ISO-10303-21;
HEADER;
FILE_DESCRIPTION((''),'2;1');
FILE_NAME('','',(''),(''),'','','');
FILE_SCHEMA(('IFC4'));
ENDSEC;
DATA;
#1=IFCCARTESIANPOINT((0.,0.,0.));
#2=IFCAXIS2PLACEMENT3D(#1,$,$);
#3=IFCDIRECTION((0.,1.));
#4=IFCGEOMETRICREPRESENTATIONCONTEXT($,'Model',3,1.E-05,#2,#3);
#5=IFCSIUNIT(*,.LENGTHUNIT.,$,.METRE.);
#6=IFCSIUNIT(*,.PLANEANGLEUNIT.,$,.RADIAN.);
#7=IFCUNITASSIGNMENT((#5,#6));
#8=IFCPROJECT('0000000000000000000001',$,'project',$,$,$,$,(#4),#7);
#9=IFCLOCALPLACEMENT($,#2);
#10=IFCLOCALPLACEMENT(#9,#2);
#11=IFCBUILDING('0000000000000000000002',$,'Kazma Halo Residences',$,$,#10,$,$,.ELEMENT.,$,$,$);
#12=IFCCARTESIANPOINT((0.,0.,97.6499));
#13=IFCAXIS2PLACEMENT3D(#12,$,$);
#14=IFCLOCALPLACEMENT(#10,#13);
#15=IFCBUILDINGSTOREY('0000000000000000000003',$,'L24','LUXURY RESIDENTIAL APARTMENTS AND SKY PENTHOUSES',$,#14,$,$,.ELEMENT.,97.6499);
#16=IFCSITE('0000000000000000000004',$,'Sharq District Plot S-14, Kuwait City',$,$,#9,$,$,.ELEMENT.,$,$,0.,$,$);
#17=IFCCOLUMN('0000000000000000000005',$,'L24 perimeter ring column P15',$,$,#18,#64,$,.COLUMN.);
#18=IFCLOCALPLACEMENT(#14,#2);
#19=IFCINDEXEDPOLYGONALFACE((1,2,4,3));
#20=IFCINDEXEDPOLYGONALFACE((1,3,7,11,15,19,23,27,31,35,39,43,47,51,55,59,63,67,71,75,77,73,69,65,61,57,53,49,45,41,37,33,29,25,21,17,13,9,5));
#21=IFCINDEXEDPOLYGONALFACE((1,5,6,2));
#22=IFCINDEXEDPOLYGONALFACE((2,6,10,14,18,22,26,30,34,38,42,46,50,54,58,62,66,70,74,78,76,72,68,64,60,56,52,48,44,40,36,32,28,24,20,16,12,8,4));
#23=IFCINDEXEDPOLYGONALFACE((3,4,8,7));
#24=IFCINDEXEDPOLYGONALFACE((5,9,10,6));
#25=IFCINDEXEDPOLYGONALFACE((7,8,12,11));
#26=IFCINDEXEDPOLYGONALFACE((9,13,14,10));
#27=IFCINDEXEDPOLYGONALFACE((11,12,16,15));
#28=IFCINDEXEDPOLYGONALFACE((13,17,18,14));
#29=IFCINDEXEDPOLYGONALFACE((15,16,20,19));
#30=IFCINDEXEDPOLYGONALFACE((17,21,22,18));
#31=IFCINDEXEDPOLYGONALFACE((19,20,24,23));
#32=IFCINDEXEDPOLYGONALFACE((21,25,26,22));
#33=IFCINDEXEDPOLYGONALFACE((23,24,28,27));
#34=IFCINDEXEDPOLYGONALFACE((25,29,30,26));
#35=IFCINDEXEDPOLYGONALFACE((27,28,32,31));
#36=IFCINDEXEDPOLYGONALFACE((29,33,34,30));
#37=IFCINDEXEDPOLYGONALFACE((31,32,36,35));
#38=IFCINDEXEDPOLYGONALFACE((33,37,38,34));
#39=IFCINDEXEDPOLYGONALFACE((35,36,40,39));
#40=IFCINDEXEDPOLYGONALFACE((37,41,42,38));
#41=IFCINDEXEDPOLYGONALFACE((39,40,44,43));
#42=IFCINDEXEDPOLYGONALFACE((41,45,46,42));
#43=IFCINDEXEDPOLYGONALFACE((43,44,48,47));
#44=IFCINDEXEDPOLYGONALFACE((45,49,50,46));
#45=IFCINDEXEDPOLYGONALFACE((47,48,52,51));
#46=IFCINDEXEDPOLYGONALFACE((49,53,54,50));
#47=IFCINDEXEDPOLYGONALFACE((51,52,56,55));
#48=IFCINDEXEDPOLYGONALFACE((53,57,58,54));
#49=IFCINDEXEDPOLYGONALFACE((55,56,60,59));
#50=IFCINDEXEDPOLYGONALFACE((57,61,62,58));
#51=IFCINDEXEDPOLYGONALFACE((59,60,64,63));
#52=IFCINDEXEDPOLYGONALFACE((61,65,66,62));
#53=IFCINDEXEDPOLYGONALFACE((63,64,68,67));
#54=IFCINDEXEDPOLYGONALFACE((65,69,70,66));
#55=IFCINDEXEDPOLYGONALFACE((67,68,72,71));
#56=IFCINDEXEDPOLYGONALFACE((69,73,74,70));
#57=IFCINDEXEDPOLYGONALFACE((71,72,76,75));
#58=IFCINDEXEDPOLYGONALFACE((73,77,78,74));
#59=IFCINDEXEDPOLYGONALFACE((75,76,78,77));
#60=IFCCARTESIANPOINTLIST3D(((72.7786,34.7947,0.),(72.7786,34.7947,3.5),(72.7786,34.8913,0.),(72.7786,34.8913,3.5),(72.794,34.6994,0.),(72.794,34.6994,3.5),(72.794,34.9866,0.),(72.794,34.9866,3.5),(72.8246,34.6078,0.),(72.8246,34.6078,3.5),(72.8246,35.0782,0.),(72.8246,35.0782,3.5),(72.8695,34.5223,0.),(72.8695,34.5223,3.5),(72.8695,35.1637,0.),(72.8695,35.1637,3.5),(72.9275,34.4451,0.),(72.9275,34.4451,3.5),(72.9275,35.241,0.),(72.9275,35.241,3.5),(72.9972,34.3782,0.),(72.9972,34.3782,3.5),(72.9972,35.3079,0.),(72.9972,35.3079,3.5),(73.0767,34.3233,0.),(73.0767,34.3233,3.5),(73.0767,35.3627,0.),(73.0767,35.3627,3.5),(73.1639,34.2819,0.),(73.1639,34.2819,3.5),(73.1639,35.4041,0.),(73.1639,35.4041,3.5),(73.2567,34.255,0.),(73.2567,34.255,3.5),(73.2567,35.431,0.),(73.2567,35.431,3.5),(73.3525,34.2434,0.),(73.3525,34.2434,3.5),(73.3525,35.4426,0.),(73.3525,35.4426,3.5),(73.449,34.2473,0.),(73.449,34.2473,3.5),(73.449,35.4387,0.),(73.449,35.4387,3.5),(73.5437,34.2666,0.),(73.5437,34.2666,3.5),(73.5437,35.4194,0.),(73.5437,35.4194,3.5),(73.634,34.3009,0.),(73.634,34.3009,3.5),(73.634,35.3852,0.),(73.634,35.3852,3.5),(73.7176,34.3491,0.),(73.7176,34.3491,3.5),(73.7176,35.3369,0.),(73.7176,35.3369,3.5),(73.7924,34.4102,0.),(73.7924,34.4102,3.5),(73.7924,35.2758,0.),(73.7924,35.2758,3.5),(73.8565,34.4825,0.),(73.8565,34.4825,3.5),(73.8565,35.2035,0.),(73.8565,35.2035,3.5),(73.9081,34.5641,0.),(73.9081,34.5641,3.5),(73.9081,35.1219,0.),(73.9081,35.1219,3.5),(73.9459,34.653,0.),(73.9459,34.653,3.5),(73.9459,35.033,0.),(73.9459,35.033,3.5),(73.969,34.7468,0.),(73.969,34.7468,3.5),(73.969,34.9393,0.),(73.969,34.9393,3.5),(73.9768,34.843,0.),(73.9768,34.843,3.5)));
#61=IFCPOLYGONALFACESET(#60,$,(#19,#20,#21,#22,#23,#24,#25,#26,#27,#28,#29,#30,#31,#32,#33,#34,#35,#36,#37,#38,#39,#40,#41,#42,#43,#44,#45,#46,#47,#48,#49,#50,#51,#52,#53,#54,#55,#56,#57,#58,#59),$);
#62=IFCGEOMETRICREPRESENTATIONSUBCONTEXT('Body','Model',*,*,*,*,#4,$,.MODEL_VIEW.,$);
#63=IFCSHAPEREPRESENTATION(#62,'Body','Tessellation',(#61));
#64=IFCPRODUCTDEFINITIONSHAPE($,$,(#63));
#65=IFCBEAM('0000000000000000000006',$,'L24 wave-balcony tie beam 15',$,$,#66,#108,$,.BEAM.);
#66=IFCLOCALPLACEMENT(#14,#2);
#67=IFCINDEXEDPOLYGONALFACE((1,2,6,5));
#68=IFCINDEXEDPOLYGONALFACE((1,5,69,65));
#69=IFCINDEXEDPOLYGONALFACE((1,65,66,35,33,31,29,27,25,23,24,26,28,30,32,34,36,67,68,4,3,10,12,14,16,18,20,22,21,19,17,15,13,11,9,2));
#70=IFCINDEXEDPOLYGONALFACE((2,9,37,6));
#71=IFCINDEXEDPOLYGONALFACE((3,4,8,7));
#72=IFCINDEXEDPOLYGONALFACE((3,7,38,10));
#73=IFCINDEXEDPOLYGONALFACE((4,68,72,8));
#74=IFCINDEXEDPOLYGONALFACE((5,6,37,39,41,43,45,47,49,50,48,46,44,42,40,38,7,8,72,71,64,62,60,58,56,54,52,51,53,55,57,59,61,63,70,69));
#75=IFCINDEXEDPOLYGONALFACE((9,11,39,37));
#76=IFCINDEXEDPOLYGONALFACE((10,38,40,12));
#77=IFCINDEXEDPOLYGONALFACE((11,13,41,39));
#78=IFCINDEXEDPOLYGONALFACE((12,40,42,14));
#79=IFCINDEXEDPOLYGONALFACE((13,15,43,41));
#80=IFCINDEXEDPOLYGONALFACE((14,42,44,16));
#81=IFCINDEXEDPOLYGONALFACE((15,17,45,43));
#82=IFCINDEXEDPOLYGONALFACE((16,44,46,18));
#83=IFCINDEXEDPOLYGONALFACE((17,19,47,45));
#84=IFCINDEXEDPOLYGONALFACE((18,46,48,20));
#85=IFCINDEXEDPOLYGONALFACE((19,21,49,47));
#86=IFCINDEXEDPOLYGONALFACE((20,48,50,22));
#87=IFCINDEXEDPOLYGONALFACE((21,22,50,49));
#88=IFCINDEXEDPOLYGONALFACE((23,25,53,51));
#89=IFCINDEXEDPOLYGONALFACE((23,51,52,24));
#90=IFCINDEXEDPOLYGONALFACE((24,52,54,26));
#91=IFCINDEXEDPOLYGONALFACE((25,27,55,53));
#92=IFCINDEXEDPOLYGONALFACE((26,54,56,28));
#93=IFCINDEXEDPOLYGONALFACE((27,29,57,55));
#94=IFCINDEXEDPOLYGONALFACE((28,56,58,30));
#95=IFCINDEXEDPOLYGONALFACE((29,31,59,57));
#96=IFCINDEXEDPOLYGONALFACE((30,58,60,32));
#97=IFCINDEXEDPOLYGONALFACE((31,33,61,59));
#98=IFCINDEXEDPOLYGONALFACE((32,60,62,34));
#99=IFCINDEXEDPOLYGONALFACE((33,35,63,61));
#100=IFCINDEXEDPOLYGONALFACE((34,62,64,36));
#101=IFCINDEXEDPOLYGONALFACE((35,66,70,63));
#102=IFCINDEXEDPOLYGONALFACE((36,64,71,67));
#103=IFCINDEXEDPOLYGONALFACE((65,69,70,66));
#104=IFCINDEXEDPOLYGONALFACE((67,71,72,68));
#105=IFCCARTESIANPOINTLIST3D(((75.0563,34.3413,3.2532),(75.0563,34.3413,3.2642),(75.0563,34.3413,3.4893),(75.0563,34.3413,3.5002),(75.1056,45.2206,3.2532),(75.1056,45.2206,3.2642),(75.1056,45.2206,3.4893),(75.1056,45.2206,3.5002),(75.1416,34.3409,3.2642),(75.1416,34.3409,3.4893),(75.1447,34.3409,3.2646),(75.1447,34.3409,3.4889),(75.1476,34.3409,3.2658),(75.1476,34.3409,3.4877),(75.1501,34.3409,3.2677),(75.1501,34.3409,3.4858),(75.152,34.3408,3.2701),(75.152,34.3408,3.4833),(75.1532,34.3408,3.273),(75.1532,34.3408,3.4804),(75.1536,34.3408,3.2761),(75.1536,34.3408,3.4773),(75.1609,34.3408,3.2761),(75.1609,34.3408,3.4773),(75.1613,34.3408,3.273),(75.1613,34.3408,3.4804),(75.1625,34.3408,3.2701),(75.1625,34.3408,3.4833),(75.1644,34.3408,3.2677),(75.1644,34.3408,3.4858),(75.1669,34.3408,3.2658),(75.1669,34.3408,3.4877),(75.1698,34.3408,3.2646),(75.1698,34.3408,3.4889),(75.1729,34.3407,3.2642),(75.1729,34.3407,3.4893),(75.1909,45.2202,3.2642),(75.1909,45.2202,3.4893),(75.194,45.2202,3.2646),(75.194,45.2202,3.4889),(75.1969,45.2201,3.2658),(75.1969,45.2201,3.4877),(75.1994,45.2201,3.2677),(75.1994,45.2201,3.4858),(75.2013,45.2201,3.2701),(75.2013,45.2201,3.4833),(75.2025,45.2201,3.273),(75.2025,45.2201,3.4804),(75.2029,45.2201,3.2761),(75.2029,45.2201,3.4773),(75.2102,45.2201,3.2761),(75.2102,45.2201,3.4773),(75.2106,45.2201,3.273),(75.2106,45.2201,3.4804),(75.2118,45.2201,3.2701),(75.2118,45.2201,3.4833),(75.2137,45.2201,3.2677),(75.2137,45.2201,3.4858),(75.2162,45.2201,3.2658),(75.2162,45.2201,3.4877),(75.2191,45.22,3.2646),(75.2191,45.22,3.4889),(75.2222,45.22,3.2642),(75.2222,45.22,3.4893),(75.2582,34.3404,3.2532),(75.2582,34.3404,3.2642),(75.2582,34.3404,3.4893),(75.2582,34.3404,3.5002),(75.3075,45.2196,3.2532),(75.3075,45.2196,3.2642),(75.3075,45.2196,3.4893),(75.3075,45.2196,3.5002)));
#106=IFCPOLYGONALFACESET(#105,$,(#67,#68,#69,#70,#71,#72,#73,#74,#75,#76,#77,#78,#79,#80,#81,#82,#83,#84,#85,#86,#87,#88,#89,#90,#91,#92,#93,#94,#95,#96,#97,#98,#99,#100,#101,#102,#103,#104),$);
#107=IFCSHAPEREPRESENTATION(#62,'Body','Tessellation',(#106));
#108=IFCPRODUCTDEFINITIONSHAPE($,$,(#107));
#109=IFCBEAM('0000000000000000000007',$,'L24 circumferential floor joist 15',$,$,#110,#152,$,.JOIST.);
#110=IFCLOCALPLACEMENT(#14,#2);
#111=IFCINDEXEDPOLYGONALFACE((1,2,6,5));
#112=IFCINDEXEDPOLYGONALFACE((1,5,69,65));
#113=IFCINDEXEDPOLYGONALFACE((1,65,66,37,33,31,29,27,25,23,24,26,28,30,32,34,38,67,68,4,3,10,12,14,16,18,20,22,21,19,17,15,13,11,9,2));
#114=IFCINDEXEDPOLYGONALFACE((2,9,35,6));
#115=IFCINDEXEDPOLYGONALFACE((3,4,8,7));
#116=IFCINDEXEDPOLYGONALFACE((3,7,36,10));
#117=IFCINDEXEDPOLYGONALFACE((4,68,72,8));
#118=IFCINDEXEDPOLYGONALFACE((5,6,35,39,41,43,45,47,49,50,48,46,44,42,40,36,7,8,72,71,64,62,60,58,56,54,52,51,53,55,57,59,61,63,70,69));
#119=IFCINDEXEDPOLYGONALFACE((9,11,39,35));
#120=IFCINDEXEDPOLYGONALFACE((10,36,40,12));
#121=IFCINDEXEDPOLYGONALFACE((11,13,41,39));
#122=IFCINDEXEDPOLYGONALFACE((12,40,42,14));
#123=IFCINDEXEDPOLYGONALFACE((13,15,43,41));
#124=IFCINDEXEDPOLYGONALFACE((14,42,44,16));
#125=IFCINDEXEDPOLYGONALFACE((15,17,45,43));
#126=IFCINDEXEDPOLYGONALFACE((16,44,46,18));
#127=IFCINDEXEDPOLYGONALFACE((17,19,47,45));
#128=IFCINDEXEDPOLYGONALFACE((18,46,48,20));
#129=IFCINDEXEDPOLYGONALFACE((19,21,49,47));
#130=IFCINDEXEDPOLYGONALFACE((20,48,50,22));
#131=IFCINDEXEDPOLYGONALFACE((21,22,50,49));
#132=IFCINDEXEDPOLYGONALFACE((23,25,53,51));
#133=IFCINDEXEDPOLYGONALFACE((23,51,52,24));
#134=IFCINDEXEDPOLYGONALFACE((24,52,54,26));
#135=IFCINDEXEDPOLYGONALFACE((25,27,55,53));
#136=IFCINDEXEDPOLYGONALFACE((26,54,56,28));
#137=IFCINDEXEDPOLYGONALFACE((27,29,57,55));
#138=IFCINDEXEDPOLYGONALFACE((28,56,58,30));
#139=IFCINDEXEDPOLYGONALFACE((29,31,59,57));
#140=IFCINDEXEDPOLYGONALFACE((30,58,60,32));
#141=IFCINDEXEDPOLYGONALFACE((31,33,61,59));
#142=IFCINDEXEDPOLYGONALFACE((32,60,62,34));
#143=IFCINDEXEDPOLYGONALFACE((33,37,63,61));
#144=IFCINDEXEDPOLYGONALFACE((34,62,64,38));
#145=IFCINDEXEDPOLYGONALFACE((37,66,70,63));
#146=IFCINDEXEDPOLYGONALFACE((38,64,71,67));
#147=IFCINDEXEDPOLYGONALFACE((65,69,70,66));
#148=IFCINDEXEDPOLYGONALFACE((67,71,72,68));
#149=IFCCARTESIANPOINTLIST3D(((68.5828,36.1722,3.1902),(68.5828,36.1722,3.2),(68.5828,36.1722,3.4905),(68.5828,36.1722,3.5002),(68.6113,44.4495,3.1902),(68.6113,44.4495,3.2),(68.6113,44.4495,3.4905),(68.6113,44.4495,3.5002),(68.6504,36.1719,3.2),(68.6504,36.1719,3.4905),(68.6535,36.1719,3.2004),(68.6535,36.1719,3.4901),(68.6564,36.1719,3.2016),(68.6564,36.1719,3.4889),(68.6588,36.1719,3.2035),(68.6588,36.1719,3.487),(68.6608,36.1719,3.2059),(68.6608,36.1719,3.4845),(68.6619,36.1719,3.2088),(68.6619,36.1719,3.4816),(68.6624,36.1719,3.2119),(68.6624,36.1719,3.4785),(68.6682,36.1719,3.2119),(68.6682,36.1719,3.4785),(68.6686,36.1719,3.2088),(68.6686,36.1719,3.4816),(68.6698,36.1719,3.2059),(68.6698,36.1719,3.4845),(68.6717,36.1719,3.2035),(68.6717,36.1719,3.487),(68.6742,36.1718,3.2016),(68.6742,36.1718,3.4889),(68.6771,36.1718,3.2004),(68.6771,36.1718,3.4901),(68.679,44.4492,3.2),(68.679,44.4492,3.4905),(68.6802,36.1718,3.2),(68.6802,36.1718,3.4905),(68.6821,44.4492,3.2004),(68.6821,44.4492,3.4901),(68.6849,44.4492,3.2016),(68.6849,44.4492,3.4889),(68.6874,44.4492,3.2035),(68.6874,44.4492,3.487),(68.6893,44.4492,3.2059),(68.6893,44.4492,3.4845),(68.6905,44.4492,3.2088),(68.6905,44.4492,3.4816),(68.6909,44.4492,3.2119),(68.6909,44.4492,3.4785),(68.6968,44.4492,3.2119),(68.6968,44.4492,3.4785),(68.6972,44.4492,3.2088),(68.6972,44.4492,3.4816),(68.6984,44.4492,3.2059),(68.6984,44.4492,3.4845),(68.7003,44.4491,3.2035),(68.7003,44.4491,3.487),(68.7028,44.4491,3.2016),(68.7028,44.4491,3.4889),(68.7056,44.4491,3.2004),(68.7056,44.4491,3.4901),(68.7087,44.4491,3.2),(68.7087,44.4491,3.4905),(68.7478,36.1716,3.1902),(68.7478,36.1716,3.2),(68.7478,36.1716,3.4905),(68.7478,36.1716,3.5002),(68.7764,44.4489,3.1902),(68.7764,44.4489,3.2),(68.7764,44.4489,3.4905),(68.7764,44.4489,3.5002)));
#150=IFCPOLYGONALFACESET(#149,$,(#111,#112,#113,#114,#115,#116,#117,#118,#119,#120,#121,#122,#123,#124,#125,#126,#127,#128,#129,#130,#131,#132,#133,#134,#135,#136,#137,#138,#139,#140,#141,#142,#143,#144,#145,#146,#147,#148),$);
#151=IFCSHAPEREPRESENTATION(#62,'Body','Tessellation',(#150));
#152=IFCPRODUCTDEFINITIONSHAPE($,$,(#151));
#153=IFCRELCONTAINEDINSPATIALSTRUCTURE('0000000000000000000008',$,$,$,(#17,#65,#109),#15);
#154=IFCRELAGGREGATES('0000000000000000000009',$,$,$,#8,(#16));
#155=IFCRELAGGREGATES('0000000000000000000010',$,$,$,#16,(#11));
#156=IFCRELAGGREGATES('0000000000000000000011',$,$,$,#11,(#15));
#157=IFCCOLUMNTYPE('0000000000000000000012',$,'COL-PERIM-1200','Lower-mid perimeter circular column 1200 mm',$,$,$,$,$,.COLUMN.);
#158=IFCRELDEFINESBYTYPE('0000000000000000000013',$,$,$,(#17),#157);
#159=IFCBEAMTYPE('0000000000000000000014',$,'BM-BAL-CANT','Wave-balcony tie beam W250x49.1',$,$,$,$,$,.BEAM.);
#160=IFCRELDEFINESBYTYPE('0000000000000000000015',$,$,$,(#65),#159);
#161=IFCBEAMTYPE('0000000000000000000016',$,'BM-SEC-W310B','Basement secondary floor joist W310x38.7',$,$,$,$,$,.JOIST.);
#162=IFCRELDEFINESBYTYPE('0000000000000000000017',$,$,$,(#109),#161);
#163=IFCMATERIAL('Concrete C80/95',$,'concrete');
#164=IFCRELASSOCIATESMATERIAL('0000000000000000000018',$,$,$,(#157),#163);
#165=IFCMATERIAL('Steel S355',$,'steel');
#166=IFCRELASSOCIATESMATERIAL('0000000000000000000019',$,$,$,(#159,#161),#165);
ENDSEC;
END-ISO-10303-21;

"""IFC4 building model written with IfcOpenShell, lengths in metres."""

from ifc_helpers import new_model, si_unit, direction, frame, origin, origin_2d, place, context, subcontext, project, spatial, circle, i_section, extrude, material, material_profile, profile_set, type_object, element, save


model = new_model("IFC4")

# Units and contexts
model_context = context("Model", 3, precision=1e-05, world=origin(), true_north=direction((0.0, 1.0)))
body_context = subcontext(model_context, "Body", "Model", "MODEL_VIEW")
ifc_project = project(units=[si_unit("LENGTHUNIT", "METRE"), si_unit("PLANEANGLEUNIT", "RADIAN")], contexts=[model_context])

# Site, building, storey
site_placement = place(None, origin())
site = spatial("IfcSite", under=ifc_project, at=site_placement, Name="Sharq District Plot S-14, Kuwait City", CompositionType="ELEMENT", RefElevation=0.0)
building_placement = place(site_placement, origin())
building = spatial("IfcBuilding", under=site, at=building_placement, Name="Kazma Halo Residences", CompositionType="ELEMENT")
storey_placement = place(building_placement, frame((0.0, 0.0, 97.6499)))
storey = spatial("IfcBuildingStorey", under=building, at=storey_placement, Name="L24", Description="LUXURY RESIDENTIAL APARTMENTS AND SKY PENTHOUSES", CompositionType="ELEMENT", Elevation=97.6499)

# Column
ifc_material_1 = material(Name="Concrete C80/95", Category="concrete")
ifc_material_profile_1 = material_profile(ifc_material_1, circle(Radius=0.6001, at=origin_2d()), Name="CIRC1200")
ifc_profile_set_1 = profile_set([ifc_material_profile_1], Name="Concrete C80/95")
column_type = type_object("IfcColumnType", Name="COL-PERIM-1200", Description="Lower-mid perimeter circular column 1200 mm", PredefinedType="COLUMN", material=ifc_profile_set_1)
column_placement = place(storey_placement, frame((73.3767, 34.843, 0.0), z_axis=(0.0, 0.0, 1.0), x_axis=(1.0, 0.0, 0.0)))
element("IfcColumn", 1, at=column_placement, inside=storey, type_object=column_type, Name="L24 perimeter ring column P15", PredefinedType="COLUMN", context=body_context, shape_type="SweptSolid", body=[
    extrude(circle(Radius=0.6001, at=origin_2d()), origin(), (0.0, 0.0, 1.0), 3.5),
])

# Beams
ifc_material_2 = material(Name="Steel S355", Category="steel")
ifc_material_profile_2 = material_profile(ifc_material_2, i_section(OverallWidth=0.2019, OverallDepth=0.2471, WebThickness=0.0073, FlangeThickness=0.011, FilletRadius=0.012, at=origin_2d()), Name="W250x49.1")
ifc_profile_set_2 = profile_set([ifc_material_profile_2], Name="Steel S355")
beam_type_1 = type_object("IfcBeamType", Name="BM-BAL-CANT", Description="Wave-balcony tie beam W250x49.1", PredefinedType="BEAM", material=ifc_profile_set_2)
beam_1_placement = place(storey_placement, frame((75.1572, 34.3408, 3.3767), z_axis=(0.004533, 0.99999, 0.0), x_axis=(-0.99999, 0.004533, 0.0)))
element("IfcBeam", 2, at=beam_1_placement, inside=storey, type_object=beam_type_1, Name="L24 wave-balcony tie beam 15", PredefinedType="BEAM", context=body_context, shape_type="SweptSolid", body=[
    extrude(i_section(OverallWidth=0.2019, OverallDepth=0.2471, WebThickness=0.0073, FlangeThickness=0.011, FilletRadius=0.012, at=origin_2d()), origin(), (0.0, 0.0, 1.0), 10.8794),
])
ifc_material_profile_3 = material_profile(ifc_material_2, i_section(OverallWidth=0.165, OverallDepth=0.3101, WebThickness=0.0059, FlangeThickness=0.0098, FilletRadius=0.012, at=origin_2d()), Name="W310x38.7")
ifc_profile_set_3 = profile_set([ifc_material_profile_3], Name="Steel S355")
beam_type_2 = type_object("IfcBeamType", Name="BM-SEC-W310B", Description="Basement secondary floor joist W310x38.7", PredefinedType="JOIST", material=ifc_profile_set_3)
beam_2_placement = place(storey_placement, frame((68.6653, 36.1719, 3.3452), z_axis=(0.003451, 0.999994, 0.0), x_axis=(-0.999994, 0.003451, 0.0)))
element("IfcBeam", 3, at=beam_2_placement, inside=storey, type_object=beam_type_2, Name="L24 circumferential floor joist 15", PredefinedType="JOIST", context=body_context, shape_type="SweptSolid", body=[
    extrude(i_section(OverallWidth=0.165, OverallDepth=0.3101, WebThickness=0.0059, FlangeThickness=0.0098, FilletRadius=0.012, at=origin_2d()), origin(), (0.0, 0.0, 1.0), 8.2773),
])

save(model, "model.ifc")
